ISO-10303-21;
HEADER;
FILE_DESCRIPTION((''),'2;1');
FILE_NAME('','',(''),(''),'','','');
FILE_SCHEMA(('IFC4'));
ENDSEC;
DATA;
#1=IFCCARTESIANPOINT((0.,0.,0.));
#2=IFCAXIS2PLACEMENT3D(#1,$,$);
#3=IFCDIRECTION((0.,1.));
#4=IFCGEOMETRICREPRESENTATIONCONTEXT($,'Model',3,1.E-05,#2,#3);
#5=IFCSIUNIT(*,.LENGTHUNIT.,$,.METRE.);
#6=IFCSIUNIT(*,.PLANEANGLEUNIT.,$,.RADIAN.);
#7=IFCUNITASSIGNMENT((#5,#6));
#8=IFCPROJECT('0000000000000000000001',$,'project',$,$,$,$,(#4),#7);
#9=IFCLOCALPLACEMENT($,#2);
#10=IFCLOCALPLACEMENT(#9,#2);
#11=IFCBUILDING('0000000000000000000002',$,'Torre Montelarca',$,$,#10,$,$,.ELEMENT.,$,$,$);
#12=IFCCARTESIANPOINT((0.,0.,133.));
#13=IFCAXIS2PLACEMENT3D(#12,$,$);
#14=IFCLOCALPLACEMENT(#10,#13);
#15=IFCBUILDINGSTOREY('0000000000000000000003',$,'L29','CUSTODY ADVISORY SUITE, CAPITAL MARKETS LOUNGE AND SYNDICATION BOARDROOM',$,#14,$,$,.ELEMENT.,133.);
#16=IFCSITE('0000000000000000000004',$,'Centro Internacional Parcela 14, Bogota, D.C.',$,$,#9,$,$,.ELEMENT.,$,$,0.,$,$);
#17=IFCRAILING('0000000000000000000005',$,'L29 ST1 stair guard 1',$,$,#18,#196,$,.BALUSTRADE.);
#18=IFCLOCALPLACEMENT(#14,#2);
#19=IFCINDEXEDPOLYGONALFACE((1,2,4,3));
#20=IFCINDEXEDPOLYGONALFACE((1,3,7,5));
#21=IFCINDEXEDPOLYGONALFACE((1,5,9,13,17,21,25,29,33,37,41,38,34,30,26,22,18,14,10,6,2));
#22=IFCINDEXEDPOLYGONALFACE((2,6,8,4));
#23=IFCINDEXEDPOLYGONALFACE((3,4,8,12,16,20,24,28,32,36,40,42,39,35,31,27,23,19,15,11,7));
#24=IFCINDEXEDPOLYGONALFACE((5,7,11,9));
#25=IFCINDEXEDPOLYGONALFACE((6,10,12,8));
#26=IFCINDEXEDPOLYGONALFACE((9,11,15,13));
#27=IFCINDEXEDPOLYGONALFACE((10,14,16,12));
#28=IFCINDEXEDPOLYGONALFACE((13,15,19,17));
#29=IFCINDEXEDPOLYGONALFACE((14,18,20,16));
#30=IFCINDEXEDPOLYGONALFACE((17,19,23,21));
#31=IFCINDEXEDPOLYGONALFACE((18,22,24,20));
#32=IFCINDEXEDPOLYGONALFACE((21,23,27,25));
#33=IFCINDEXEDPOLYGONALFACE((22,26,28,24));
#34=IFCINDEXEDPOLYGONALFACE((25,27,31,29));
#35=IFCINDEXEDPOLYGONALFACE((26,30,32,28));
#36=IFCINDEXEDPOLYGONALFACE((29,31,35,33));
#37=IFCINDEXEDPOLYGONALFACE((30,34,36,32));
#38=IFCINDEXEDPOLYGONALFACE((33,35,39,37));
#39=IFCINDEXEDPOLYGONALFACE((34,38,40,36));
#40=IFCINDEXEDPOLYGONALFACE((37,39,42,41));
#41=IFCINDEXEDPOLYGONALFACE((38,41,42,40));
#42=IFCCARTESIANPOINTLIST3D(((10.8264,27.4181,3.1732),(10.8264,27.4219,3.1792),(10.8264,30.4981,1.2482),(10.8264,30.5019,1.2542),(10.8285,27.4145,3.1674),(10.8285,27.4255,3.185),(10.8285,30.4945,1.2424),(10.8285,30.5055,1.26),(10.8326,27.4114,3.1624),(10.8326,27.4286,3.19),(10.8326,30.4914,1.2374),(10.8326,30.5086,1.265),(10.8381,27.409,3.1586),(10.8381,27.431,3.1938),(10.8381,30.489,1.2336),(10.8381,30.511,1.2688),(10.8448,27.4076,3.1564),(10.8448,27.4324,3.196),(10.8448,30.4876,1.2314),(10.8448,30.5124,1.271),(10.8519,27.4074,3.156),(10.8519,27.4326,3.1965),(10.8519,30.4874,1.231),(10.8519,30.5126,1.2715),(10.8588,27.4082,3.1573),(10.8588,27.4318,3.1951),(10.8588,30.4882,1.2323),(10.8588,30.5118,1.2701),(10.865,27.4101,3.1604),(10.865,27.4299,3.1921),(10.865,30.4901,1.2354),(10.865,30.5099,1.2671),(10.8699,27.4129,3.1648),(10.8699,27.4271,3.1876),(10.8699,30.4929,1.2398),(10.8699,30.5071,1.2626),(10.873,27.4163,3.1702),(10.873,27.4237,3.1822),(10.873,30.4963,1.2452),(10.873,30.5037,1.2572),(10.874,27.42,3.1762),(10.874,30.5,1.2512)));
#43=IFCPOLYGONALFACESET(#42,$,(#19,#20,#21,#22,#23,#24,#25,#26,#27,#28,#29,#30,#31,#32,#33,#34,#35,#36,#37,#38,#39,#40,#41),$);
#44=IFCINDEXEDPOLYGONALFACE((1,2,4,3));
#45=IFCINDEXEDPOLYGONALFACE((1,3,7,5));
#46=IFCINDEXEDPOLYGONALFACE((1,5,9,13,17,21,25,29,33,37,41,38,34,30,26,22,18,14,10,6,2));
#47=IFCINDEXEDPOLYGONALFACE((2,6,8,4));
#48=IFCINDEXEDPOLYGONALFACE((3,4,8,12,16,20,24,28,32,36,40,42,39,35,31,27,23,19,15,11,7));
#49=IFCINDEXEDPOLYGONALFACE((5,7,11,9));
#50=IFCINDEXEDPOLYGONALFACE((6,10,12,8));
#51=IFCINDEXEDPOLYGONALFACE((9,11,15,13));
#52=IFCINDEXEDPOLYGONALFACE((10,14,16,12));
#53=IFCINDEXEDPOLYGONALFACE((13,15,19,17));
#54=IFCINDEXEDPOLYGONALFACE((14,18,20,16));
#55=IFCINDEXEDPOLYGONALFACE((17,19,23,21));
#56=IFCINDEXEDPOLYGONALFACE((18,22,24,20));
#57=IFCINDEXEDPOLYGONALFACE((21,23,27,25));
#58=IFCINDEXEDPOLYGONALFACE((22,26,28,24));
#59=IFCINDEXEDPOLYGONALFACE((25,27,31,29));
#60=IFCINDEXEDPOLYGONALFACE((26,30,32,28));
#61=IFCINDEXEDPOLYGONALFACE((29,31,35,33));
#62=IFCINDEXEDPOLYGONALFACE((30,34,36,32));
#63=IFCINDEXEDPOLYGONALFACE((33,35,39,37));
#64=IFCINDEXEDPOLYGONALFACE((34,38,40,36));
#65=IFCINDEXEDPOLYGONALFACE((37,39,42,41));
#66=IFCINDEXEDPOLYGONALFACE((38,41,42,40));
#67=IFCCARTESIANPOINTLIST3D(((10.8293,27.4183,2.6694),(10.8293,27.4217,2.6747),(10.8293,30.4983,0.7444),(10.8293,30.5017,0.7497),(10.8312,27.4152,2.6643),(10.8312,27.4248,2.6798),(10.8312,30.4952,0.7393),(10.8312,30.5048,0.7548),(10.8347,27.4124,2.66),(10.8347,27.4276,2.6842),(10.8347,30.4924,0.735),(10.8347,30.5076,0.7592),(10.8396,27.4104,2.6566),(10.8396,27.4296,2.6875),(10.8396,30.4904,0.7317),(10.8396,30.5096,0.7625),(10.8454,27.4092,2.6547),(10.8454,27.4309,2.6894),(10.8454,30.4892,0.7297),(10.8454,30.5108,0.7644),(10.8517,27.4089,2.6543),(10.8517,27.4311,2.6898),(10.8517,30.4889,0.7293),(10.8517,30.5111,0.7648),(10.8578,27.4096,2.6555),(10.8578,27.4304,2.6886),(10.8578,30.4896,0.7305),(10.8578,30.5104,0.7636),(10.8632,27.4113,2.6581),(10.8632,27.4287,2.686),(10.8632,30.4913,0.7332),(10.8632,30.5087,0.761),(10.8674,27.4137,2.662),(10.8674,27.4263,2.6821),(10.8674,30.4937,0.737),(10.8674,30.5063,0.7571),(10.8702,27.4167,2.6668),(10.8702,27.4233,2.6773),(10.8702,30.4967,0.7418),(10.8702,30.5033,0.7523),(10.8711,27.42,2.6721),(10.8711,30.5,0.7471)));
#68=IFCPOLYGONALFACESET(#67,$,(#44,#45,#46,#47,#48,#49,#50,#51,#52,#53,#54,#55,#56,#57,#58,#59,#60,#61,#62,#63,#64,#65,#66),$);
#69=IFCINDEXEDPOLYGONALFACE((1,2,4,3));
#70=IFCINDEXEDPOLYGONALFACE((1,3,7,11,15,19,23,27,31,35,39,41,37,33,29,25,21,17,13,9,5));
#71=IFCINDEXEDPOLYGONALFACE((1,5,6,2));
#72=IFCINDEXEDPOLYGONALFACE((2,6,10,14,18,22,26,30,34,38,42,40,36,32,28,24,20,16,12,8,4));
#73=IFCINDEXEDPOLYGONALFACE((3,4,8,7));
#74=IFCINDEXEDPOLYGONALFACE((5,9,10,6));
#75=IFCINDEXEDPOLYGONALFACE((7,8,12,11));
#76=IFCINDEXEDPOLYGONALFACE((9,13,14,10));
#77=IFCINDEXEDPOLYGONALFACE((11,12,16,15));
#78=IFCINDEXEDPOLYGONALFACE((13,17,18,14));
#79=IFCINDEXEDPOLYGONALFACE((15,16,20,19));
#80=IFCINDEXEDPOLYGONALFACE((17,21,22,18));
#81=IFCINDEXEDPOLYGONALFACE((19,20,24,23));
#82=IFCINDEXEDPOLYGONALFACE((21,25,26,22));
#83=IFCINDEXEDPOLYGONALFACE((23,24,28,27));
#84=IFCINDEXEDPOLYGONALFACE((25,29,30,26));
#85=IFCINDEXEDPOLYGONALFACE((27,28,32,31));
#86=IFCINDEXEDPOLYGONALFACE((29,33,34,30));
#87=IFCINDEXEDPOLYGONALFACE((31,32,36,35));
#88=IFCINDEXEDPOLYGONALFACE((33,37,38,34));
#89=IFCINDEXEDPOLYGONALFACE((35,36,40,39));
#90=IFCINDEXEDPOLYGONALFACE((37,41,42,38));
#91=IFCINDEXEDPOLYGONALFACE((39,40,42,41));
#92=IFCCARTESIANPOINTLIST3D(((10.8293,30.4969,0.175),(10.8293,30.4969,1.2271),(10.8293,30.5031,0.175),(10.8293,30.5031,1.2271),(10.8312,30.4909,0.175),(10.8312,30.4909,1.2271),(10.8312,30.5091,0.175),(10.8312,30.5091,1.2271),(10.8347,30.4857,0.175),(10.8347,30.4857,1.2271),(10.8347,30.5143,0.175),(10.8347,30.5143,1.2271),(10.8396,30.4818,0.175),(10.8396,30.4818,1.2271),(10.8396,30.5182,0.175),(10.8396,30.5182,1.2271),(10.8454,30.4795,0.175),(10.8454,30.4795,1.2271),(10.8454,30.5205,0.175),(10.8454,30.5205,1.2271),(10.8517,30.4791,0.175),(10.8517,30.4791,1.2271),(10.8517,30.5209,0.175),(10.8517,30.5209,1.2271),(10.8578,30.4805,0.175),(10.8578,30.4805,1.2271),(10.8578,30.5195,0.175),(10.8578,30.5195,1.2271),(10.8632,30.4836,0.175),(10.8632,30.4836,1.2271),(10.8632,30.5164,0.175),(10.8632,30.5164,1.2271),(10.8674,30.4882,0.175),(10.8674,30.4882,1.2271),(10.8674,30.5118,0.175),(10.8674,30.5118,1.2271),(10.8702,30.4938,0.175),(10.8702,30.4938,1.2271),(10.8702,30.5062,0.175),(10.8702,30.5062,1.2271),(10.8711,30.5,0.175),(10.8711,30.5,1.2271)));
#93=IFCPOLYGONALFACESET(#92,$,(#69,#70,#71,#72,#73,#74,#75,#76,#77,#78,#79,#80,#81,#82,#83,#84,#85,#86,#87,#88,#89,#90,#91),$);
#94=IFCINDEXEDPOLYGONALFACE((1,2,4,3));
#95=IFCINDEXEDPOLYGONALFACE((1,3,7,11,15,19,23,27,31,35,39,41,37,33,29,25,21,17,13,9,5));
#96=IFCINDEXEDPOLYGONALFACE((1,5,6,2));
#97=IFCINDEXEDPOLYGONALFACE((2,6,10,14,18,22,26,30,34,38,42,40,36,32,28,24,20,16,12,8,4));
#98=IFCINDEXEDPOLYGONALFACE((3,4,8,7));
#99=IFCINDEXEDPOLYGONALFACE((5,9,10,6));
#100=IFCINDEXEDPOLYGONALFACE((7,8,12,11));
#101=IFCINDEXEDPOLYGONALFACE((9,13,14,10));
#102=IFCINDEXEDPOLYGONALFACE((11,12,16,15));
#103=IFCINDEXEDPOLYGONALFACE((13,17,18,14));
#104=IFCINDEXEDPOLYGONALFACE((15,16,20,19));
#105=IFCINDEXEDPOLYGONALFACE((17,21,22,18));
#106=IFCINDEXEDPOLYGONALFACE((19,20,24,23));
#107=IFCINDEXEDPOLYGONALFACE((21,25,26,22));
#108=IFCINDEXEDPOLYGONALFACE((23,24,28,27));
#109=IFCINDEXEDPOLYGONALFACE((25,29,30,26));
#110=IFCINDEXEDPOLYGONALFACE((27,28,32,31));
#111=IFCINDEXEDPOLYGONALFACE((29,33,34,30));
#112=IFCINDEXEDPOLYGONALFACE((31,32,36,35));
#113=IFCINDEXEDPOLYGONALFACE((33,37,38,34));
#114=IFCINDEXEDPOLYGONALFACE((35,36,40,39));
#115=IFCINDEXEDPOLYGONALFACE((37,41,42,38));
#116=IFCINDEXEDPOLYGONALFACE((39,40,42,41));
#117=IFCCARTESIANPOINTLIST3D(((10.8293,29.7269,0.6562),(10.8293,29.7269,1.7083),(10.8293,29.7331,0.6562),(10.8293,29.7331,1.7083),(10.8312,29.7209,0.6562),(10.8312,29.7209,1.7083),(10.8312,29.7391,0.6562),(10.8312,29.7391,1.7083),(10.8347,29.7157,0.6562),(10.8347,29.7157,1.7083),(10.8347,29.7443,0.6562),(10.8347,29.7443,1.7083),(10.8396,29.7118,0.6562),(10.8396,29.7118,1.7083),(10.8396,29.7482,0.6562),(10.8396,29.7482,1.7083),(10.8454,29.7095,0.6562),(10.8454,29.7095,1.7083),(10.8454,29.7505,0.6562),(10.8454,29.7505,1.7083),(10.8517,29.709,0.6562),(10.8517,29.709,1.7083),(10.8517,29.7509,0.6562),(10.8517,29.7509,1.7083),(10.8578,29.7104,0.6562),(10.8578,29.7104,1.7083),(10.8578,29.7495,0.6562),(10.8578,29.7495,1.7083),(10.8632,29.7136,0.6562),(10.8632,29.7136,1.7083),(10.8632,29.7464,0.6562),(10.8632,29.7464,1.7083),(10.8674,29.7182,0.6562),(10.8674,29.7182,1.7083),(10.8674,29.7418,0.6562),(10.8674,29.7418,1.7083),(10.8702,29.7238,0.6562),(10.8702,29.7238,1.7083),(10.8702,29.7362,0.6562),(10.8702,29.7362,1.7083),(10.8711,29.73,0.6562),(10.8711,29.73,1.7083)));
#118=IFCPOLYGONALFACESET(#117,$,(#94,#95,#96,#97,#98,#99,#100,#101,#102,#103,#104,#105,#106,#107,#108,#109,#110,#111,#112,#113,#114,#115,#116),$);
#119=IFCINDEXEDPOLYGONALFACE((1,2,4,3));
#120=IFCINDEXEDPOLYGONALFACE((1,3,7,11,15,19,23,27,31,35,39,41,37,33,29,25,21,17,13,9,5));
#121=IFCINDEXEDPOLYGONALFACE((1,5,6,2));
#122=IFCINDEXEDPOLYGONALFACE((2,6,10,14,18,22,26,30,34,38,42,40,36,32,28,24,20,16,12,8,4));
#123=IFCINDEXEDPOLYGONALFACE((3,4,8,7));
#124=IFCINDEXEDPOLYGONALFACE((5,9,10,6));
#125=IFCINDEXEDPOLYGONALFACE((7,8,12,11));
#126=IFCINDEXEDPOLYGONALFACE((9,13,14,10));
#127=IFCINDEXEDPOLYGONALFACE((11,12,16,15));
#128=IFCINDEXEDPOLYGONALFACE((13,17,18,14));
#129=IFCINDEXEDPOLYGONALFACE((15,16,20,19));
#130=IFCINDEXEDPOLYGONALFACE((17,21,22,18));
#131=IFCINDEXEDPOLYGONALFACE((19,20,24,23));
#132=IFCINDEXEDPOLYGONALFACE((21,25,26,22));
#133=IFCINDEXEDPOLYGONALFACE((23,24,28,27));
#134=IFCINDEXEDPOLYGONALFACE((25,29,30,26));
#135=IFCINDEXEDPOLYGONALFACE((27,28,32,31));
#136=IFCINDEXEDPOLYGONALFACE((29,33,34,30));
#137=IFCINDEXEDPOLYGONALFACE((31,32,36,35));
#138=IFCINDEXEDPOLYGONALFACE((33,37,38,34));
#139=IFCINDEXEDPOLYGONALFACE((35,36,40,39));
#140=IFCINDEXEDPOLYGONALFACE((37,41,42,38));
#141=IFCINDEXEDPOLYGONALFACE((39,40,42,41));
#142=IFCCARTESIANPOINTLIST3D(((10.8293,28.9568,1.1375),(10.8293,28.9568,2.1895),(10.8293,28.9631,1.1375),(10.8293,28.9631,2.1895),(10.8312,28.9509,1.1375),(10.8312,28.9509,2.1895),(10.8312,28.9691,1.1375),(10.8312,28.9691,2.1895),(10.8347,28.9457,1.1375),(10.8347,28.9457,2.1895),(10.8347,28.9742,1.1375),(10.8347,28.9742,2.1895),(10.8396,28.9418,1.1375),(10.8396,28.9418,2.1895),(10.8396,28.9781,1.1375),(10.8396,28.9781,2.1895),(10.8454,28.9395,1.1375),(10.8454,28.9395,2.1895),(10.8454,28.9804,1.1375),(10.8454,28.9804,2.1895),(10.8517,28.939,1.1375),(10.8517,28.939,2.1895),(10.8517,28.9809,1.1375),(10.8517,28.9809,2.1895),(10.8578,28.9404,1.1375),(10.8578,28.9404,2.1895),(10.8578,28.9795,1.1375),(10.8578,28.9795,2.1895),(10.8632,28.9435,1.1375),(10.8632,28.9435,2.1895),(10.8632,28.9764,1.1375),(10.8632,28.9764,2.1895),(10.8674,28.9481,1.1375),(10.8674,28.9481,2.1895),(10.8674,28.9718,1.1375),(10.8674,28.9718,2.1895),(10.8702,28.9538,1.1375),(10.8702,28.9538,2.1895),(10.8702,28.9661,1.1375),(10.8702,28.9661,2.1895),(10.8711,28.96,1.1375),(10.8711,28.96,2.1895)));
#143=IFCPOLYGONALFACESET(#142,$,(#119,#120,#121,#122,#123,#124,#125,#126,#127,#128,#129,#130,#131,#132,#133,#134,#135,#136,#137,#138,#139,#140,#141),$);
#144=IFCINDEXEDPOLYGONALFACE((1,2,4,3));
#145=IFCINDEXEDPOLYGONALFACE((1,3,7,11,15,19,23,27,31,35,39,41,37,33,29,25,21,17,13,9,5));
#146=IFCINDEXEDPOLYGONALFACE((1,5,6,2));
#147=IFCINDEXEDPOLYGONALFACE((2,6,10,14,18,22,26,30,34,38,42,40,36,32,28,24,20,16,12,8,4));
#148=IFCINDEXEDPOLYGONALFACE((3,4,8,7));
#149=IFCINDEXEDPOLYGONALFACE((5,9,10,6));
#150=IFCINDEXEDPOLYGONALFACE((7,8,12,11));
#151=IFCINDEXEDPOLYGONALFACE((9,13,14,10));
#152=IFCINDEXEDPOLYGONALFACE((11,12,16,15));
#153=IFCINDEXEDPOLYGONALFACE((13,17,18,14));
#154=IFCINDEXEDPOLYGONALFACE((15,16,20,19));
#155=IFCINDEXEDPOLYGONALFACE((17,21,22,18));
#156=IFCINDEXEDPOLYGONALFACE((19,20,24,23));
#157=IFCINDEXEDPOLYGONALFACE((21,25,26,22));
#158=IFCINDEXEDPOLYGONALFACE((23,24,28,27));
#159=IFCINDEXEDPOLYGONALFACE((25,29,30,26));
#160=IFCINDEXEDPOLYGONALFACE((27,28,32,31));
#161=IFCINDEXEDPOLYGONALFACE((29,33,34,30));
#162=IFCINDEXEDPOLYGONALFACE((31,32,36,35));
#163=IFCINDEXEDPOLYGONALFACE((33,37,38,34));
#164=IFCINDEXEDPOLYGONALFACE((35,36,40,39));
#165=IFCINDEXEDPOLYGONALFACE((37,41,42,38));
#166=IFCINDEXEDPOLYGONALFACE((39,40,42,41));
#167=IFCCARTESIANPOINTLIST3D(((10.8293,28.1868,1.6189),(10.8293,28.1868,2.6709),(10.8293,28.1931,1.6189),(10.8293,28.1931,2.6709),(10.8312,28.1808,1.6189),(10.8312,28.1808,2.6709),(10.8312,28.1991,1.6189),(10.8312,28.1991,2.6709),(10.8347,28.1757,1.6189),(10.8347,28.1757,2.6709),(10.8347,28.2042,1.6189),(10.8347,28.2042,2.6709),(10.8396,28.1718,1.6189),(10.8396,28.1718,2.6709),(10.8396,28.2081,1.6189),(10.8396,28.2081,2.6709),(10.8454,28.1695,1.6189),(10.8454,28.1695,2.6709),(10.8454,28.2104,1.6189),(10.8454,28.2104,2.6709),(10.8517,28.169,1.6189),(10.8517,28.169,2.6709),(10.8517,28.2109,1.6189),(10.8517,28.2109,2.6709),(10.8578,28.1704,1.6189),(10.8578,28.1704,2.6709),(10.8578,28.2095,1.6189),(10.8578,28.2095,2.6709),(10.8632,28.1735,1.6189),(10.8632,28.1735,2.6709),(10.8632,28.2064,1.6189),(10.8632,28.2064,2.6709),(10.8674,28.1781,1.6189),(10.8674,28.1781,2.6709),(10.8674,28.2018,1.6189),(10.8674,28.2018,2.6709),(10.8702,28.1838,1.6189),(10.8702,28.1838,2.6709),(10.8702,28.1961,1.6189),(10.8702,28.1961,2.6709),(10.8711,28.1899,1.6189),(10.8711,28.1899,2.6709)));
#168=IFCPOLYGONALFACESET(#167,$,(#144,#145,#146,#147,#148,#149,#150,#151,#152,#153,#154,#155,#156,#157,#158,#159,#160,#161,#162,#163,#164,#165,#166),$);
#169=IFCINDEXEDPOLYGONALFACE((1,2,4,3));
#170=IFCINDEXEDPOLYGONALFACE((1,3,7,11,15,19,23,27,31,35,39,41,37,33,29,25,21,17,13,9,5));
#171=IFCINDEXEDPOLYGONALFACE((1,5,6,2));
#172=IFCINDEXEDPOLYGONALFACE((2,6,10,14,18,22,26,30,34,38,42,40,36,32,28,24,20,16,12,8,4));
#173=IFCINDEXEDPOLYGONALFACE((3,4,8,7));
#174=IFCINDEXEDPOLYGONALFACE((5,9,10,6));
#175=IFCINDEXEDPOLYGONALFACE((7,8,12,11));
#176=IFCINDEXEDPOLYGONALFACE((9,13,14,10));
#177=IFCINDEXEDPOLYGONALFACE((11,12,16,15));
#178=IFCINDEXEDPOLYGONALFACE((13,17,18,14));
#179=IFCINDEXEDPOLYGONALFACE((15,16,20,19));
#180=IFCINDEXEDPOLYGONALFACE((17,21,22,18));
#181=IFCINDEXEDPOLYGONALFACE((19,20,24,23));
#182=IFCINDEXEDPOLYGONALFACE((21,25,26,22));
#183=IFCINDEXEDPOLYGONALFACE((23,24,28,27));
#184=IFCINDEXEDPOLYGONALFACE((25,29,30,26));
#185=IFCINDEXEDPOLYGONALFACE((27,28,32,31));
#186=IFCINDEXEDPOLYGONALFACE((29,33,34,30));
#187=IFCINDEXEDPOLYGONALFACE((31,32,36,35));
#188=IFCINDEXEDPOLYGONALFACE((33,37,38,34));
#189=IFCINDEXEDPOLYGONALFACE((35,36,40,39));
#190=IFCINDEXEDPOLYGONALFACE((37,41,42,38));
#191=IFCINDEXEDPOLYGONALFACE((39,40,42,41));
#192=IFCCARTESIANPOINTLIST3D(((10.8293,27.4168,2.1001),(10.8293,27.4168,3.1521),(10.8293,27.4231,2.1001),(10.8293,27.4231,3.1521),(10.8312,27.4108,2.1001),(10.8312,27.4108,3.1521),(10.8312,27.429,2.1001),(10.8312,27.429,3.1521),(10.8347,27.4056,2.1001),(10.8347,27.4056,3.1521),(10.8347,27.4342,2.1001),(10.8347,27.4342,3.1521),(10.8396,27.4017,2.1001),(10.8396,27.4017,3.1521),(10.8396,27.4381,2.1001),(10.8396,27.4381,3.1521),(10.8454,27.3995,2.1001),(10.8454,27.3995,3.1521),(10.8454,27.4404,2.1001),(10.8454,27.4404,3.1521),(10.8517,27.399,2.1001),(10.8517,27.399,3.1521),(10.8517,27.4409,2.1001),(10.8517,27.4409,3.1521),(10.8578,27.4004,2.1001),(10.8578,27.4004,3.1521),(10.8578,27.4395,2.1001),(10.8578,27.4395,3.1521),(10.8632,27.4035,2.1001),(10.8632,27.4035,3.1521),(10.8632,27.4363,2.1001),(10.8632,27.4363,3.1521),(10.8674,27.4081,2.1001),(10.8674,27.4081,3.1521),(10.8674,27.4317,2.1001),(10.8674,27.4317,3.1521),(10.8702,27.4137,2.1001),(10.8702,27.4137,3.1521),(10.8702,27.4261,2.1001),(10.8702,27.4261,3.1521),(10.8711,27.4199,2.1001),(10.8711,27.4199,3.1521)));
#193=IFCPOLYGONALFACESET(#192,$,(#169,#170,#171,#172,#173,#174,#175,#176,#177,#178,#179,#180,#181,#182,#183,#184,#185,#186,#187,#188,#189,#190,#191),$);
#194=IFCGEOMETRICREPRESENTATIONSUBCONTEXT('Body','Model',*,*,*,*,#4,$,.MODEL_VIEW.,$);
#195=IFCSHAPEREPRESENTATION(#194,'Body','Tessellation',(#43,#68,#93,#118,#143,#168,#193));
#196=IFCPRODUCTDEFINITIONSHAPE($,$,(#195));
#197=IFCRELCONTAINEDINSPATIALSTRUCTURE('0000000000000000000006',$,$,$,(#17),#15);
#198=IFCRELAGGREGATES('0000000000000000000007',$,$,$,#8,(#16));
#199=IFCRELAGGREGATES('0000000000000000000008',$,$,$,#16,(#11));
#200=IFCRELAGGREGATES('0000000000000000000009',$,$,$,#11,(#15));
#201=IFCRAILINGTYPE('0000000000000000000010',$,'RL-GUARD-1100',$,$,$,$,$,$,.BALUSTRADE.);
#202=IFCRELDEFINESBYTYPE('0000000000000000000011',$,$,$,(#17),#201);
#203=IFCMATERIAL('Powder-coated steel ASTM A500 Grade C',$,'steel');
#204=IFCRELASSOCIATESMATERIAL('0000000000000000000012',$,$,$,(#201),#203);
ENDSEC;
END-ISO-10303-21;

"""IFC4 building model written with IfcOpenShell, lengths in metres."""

from ifc_helpers import new_model, si_unit, direction, frame, origin, origin_2d, place, context, subcontext, project, spatial, circle, extrude, material, type_object, element, save


model = new_model("IFC4")

# Units and contexts
model_context = context("Model", 3, precision=1e-05, world=origin(), true_north=direction((0.0, 1.0)))
body_context = subcontext(model_context, "Body", "Model", "MODEL_VIEW")
ifc_project = project(units=[si_unit("LENGTHUNIT", "METRE"), si_unit("PLANEANGLEUNIT", "RADIAN")], contexts=[model_context])

# Site, building, storey
site_placement = place(None, origin())
site = spatial("IfcSite", under=ifc_project, at=site_placement, Name="Centro Internacional Parcela 14, Bogota, D.C.", CompositionType="ELEMENT", RefElevation=0.0)
building_placement = place(site_placement, origin())
building = spatial("IfcBuilding", under=site, at=building_placement, Name="Torre Montelarca", CompositionType="ELEMENT")
storey_placement = place(building_placement, frame((0.0, 0.0, 133.0)))
storey = spatial("IfcBuildingStorey", under=building, at=storey_placement, Name="L29", Description="CUSTODY ADVISORY SUITE, CAPITAL MARKETS LOUNGE AND SYNDICATION BOARDROOM", CompositionType="ELEMENT", Elevation=133.0)

# Railing
ifc_material_1 = material(Name="Powder-coated steel ASTM A500 Grade C", Category="steel")
railing_type_1 = type_object("IfcRailingType", Name="RL-GUARD-1100", PredefinedType="BALUSTRADE", material=ifc_material_1)
railing_1_placement = place(storey_placement, frame((10.8501, 30.5, 0.175)))
element("IfcRailing", 1, at=railing_1_placement, inside=storey, type_object=railing_type_1, Name="L29 ST1 stair guard 1", PredefinedType="BALUSTRADE", context=body_context, shape_type="SweptSolid", body=[
    extrude(circle(Radius=0.0239, at=origin_2d()), frame((0.0, 0.0, 1.0762), z_axis=(0.0, -0.847998, 0.529999), x_axis=(1.0, 0.0, 0.0)), (0.0, 0.0, 1.0), 3.6321),
    extrude(circle(Radius=0.021, at=origin_2d()), frame((0.0, 0.0, 0.572), z_axis=(0.0, -0.847998, 0.529999), x_axis=(1.0, 0.0, 0.0)), (0.0, 0.0, 1.0), 3.6321),
    extrude(circle(Radius=0.021, at=origin_2d()), origin(), (0.0, 0.0, 1.0), 1.052),
    extrude(circle(Radius=0.021, at=origin_2d()), frame((0.0, -0.77, 0.4812)), (0.0, 0.0, 1.0), 1.052),
    extrude(circle(Radius=0.021, at=origin_2d()), frame((0.0, -1.54, 0.9624)), (0.0, 0.0, 1.0), 1.052),
    extrude(circle(Radius=0.021, at=origin_2d()), frame((0.0, -2.3101, 1.4438)), (0.0, 0.0, 1.0), 1.052),
    extrude(circle(Radius=0.021, at=origin_2d()), frame((0.0, -3.0801, 1.925)), (0.0, 0.0, 1.0), 1.052),
])

save(model, "model.ifc")
